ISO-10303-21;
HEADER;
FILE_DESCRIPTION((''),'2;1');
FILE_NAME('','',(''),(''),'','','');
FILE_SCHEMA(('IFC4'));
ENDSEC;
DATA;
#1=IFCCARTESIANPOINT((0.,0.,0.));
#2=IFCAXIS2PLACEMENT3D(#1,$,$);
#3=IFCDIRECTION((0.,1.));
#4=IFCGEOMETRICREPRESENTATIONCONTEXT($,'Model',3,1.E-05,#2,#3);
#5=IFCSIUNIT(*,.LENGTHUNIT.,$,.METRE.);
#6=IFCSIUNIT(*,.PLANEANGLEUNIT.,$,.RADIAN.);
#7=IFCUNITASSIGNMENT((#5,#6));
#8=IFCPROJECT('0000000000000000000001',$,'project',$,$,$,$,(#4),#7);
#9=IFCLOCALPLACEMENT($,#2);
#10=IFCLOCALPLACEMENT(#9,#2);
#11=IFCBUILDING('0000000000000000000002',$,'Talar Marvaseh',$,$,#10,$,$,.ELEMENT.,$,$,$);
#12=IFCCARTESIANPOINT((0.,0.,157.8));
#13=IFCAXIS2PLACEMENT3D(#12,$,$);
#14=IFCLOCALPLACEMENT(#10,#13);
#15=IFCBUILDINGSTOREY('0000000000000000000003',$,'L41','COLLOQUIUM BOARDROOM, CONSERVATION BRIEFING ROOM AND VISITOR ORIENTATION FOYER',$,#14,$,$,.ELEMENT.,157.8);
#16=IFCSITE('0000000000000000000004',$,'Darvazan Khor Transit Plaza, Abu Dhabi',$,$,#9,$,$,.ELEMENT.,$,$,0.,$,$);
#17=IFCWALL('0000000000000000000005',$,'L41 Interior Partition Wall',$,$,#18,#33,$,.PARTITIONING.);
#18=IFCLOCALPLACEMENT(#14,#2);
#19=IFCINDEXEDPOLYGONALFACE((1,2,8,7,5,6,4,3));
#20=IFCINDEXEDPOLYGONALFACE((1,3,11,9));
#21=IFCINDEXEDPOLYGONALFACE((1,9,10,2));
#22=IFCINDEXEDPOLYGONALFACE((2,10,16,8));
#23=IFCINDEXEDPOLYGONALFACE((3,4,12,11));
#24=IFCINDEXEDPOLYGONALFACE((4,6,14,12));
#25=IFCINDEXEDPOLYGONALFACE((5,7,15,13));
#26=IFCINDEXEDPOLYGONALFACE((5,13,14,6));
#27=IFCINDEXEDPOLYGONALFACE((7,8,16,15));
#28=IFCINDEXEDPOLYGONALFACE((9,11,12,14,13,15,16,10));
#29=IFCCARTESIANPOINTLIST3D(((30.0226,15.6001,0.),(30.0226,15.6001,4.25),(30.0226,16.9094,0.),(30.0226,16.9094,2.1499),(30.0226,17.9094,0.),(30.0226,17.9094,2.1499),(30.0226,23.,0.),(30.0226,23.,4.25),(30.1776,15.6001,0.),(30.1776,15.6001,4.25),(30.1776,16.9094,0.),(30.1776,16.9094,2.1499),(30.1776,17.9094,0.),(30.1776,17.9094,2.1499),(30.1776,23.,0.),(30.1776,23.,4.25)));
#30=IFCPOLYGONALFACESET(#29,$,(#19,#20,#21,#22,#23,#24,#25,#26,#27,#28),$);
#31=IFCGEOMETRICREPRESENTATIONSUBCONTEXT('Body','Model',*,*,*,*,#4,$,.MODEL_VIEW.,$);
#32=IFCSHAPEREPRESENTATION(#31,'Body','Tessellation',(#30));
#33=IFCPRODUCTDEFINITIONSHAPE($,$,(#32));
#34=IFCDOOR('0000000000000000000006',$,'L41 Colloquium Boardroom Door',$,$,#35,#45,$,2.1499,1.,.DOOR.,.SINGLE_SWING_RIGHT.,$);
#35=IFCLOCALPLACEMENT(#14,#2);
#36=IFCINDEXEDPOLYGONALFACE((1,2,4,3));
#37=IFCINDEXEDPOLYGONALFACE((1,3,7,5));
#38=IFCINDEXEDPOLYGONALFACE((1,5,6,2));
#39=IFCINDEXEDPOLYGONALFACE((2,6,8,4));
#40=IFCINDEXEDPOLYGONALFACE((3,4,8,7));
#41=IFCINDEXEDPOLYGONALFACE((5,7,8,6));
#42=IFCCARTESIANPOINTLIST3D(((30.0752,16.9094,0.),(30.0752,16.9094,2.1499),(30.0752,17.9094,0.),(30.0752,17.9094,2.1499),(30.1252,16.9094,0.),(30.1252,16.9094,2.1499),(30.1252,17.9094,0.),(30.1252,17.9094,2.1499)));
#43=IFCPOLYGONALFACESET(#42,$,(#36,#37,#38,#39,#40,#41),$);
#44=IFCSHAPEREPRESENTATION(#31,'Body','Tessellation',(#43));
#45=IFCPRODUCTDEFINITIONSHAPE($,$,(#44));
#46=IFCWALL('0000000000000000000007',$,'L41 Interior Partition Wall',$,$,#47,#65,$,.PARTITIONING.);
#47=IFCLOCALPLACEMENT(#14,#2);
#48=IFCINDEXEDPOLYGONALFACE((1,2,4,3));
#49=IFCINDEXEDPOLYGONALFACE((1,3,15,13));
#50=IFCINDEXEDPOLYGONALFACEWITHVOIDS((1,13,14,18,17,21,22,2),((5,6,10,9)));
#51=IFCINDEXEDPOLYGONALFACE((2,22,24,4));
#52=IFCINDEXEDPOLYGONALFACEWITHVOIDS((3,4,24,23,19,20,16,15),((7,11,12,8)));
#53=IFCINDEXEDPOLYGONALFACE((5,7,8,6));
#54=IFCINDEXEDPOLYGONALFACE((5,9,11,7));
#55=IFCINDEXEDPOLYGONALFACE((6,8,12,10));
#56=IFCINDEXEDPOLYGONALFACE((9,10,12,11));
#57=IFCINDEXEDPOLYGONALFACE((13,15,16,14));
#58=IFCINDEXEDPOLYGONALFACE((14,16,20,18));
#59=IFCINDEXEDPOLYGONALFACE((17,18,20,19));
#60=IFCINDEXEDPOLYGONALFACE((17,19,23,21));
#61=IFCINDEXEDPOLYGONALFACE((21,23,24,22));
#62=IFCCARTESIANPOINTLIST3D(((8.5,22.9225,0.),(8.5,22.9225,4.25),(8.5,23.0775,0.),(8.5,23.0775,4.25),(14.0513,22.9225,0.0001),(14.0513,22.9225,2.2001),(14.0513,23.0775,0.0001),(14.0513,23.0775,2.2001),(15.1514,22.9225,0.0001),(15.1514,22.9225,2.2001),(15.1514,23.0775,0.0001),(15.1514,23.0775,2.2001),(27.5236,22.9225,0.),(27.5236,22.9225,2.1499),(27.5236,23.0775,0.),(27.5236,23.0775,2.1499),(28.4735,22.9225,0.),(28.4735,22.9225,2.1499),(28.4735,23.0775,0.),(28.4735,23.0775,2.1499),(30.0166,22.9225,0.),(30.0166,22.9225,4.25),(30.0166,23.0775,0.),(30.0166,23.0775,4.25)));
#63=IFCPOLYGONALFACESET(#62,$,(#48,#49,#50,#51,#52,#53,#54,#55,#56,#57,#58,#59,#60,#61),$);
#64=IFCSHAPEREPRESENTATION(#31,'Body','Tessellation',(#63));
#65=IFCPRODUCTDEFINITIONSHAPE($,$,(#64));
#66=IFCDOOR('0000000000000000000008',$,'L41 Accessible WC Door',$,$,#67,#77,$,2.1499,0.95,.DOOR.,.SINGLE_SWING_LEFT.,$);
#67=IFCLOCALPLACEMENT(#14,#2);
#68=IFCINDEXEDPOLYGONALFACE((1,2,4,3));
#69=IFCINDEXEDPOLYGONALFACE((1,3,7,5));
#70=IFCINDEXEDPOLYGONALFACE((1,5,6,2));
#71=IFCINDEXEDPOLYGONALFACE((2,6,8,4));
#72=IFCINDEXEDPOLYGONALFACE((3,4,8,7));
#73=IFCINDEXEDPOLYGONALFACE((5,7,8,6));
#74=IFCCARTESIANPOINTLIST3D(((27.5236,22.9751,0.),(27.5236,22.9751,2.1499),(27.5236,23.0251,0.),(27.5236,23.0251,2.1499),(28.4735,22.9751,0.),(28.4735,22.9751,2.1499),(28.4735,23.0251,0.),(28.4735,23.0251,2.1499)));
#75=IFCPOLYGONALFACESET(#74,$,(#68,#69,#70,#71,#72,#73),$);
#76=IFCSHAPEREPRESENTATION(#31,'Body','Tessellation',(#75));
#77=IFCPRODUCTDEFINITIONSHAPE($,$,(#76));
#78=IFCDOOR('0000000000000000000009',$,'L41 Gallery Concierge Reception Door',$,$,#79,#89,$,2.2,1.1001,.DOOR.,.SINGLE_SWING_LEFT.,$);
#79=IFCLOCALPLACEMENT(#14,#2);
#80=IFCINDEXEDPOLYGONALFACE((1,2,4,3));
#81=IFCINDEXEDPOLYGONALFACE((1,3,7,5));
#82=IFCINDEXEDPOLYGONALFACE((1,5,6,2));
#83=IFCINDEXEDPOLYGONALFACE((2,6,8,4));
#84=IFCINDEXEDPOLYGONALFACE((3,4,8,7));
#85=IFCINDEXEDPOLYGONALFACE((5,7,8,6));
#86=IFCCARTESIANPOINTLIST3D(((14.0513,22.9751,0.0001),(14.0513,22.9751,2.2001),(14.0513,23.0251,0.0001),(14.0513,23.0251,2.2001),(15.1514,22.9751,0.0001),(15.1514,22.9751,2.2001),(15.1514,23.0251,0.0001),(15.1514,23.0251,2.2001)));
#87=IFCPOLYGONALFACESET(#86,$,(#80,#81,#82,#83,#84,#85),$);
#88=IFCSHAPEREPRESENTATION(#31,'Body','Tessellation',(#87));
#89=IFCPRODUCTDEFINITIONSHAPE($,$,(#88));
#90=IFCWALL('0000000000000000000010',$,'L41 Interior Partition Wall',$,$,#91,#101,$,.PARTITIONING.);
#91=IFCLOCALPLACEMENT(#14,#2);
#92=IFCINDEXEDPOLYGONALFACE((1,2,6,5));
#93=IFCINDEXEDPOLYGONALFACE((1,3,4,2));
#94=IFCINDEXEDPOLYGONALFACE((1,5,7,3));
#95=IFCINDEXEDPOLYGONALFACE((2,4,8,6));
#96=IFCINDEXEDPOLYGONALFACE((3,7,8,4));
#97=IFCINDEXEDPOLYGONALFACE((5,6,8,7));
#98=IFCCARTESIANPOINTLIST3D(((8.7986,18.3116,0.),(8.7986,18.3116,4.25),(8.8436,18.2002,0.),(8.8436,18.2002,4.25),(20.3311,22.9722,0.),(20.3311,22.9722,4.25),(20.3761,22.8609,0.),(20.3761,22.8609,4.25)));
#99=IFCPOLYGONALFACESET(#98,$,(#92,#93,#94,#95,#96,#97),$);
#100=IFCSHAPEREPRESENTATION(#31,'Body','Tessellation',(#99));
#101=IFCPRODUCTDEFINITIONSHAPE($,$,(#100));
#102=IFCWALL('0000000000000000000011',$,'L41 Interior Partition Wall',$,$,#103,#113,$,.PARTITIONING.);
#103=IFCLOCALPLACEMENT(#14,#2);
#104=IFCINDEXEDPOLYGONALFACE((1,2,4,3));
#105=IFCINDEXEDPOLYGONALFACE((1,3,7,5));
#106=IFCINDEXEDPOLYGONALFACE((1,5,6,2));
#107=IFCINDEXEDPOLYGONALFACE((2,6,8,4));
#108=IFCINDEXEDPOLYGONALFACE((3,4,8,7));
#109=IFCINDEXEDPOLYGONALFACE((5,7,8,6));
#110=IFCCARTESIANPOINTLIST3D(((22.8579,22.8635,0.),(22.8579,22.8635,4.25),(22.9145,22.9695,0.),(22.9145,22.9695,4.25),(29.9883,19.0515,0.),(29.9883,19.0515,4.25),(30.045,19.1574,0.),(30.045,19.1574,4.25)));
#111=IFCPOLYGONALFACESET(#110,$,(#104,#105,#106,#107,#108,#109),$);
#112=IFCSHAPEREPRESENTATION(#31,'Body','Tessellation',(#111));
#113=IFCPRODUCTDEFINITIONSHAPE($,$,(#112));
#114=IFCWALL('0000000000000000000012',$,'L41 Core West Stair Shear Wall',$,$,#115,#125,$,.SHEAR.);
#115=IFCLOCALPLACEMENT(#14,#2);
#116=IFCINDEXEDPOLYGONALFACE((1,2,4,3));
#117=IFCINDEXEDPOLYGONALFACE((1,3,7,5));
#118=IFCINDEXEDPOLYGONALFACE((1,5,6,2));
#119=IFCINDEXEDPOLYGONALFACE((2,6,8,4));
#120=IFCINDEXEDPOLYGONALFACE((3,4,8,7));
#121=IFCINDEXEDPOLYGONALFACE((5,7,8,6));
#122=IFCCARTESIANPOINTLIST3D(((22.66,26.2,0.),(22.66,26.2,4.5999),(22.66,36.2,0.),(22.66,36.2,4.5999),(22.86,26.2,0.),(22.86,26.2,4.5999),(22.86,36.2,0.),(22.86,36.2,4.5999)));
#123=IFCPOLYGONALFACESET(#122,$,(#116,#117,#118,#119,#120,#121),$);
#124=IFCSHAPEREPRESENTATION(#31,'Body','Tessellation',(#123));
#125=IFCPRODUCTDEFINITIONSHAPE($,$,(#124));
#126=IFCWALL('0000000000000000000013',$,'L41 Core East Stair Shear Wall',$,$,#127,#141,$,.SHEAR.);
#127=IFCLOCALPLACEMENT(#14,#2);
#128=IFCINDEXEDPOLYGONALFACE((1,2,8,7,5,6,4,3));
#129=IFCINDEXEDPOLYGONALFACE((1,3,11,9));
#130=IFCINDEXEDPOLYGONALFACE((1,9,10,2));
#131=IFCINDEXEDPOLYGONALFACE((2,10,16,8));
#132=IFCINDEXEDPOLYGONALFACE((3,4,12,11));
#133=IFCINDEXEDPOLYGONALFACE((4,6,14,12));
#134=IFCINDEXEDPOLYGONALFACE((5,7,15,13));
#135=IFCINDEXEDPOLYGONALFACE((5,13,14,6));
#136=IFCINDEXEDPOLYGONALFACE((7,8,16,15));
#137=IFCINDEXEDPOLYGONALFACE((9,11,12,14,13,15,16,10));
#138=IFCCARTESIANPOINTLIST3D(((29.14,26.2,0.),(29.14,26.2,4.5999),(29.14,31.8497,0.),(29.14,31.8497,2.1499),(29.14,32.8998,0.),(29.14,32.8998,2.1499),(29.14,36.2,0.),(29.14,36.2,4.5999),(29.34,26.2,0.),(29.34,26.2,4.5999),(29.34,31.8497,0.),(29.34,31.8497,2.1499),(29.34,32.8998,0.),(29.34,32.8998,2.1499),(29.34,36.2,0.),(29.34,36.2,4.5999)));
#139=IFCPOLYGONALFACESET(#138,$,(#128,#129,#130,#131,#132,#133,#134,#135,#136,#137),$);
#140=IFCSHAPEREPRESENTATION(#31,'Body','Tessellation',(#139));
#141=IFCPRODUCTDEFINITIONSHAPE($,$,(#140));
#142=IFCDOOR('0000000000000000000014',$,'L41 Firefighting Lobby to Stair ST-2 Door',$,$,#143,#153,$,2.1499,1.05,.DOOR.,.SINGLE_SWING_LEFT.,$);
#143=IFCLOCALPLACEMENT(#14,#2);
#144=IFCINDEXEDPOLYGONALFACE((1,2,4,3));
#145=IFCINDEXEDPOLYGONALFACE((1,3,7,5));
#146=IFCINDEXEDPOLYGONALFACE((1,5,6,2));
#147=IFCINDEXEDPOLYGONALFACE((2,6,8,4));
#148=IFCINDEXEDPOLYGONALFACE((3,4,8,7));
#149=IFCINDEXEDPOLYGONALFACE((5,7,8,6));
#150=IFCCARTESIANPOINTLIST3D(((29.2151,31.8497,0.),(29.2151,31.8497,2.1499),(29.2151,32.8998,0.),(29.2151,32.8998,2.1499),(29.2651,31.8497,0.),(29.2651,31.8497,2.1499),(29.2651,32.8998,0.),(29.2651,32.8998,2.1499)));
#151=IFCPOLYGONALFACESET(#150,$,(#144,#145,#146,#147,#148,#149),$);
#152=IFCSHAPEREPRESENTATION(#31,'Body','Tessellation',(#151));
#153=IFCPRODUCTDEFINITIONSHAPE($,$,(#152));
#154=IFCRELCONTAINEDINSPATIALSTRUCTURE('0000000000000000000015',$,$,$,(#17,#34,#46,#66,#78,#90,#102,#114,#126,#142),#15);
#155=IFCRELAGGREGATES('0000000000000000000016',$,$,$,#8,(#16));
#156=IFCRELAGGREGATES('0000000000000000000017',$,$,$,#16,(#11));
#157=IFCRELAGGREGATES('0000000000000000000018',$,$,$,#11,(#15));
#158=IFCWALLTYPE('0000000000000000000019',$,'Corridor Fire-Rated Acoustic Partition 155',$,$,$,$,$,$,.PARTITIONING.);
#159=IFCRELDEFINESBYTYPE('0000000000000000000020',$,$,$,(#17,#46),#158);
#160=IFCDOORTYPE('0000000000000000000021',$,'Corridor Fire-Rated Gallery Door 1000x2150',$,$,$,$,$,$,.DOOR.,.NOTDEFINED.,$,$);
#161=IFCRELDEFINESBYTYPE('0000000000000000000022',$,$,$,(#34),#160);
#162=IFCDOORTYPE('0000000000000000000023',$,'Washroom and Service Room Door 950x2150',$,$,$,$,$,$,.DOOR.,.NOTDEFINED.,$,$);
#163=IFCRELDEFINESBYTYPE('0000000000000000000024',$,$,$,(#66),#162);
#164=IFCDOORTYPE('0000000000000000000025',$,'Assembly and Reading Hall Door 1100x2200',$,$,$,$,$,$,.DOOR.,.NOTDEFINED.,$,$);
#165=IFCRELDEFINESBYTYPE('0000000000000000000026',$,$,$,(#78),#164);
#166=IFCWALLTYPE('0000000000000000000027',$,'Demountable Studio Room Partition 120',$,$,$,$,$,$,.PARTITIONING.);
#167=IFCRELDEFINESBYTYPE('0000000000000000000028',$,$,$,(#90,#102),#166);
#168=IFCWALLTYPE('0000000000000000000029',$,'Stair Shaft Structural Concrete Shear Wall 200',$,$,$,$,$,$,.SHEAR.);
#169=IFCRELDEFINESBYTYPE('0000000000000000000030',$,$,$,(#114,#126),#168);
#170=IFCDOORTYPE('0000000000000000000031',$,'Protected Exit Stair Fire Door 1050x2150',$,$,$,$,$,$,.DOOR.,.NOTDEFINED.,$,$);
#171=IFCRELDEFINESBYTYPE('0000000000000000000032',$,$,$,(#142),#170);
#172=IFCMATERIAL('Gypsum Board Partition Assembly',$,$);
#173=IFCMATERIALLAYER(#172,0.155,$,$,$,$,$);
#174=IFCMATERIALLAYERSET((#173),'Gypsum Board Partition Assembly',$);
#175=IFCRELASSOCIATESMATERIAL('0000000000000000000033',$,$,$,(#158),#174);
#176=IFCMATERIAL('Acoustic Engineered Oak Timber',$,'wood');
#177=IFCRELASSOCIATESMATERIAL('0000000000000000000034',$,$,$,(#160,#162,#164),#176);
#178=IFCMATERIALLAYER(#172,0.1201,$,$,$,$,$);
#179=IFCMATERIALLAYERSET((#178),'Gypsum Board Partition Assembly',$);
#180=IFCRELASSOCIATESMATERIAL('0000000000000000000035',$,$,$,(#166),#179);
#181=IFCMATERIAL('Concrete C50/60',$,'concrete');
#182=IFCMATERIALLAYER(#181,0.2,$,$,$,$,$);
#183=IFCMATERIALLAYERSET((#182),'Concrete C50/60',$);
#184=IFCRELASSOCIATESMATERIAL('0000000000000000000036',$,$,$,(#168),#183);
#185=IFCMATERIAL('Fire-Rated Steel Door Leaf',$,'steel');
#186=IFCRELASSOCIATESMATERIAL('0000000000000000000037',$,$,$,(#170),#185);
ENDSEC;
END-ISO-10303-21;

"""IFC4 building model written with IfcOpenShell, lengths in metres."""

from ifc_helpers import new_model, si_unit, direction, frame, frame_2d, origin, place, context, subcontext, project, spatial, rectangle, extrude, source, transform, mapped, material, layer, layer_set, type_object, type_shapes, element, fill, save


model = new_model("IFC4")

# Units and contexts
model_context = context("Model", 3, precision=1e-05, world=origin(), true_north=direction((0.0, 1.0)))
body_context = subcontext(model_context, "Body", "Model", "MODEL_VIEW")
ifc_project = project(units=[si_unit("LENGTHUNIT", "METRE"), si_unit("PLANEANGLEUNIT", "RADIAN")], contexts=[model_context])

# Site, building, storey
site_placement = place(None, origin())
site = spatial("IfcSite", under=ifc_project, at=site_placement, Name="Darvazan Khor Transit Plaza, Abu Dhabi", CompositionType="ELEMENT", RefElevation=0.0)
building_placement = place(site_placement, origin())
building = spatial("IfcBuilding", under=site, at=building_placement, Name="Talar Marvaseh", CompositionType="ELEMENT")
storey_placement = place(building_placement, frame((0.0, 0.0, 157.8)))
storey = spatial("IfcBuildingStorey", under=building, at=storey_placement, Name="L41", Description="COLLOQUIUM BOARDROOM, CONSERVATION BRIEFING ROOM AND VISITOR ORIENTATION FOYER", CompositionType="ELEMENT", Elevation=157.8)

# Wall, opening, door
ifc_material_1 = material(Name="Gypsum Board Partition Assembly")
ifc_layer_1 = layer(ifc_material_1, 0.155)
ifc_layer_set_1 = layer_set([ifc_layer_1], Name="Gypsum Board Partition Assembly")
wall_type_1 = type_object("IfcWallType", Name="Corridor Fire-Rated Acoustic Partition 155", PredefinedType="PARTITIONING", material=ifc_layer_set_1)
wall_1_placement = place(storey_placement, frame((30.1001, 15.6001, 0.0), z_axis=(0.0, 0.0, 1.0), x_axis=(0.0, 1.0, 0.0)))
wall_1 = element("IfcWall", 1, at=wall_1_placement, inside=storey, type_object=wall_type_1, Name="L41 Interior Partition Wall", PredefinedType="PARTITIONING", context=body_context, shape_type="SweptSolid", body=[
    extrude(rectangle(XDim=7.3999, YDim=0.155, at=frame_2d((3.7, 0.0))), origin(), (0.0, 0.0, 1.0), 4.25),
])
opening_1_placement = place(wall_1_placement, frame((1.3093, 0.0, 0.0)))
opening_1 = element("IfcOpeningElement", 2, at=opening_1_placement, cuts=wall_1, PredefinedType="OPENING", context=body_context, shape_type="SweptSolid", body=[
    extrude(rectangle(XDim=1.0, YDim=2.1499, at=frame_2d((0.5, 1.075))), frame((0.0, 0.0874, 0.0), z_axis=(0.0, -1.0, 0.0), x_axis=(1.0, 0.0, 0.0)), (0.0, 0.0, 1.0), 0.175),
])
ifc_material_2 = material(Name="Acoustic Engineered Oak Timber", Category="wood")
door_type_1 = type_object("IfcDoorType", Name="Corridor Fire-Rated Gallery Door 1000x2150", OperationType="NOTDEFINED", PredefinedType="DOOR", material=ifc_material_2)
shared_shape_1 = source(origin(), body_context, "Body", "SweptSolid", [
    extrude(rectangle(XDim=1.0, YDim=2.1499, at=frame_2d((0.5, 1.075))), frame((0.0, 0.0249, 0.0), z_axis=(0.0, -1.0, 0.0), x_axis=(1.0, 0.0, 0.0)), (0.0, 0.0, 1.0), 0.05),
])
type_shapes(door_type_1, [shared_shape_1])
door_1_placement = place(opening_1_placement, origin())
door_1 = element("IfcDoor", 3, at=door_1_placement, inside=storey, type_object=door_type_1, Name="L41 Colloquium Boardroom Door", OperationType="SINGLE_SWING_RIGHT", OverallHeight=2.1499, OverallWidth=1.0, PredefinedType="DOOR", context=body_context, shape_type="MappedRepresentation", body=[
    mapped(shared_shape_1, transform((0.0, 0.0, 0.0), x_axis=(1.0, 0.0, 0.0), y_axis=(0.0, 1.0, 0.0), z_axis=(0.0, 0.0, 1.0), scale=1.0)),
])
fill(opening_1, door_1)

# Wall, openings, doors
wall_2_placement = place(storey_placement, frame((30.0166, 23.0, 0.0), z_axis=(0.0, 0.0, 1.0), x_axis=(-1.0, 0.0, 0.0)))
wall_2 = element("IfcWall", 4, at=wall_2_placement, inside=storey, type_object=wall_type_1, Name="L41 Interior Partition Wall", PredefinedType="PARTITIONING", context=body_context, shape_type="SweptSolid", body=[
    extrude(rectangle(XDim=21.5166, YDim=0.155, at=frame_2d((10.7583, 0.0))), origin(), (0.0, 0.0, 1.0), 4.25),
])
opening_2_placement = place(wall_2_placement, frame((14.8652, 0.0, 0.0)))
opening_2 = element("IfcOpeningElement", 5, at=opening_2_placement, cuts=wall_2, PredefinedType="OPENING", context=body_context, shape_type="SweptSolid", body=[
    extrude(rectangle(XDim=1.1001, YDim=2.2, at=frame_2d((0.55, 1.1001))), frame((0.0, 0.0874, 0.0), z_axis=(0.0, -1.0, 0.0), x_axis=(1.0, 0.0, 0.0)), (0.0, 0.0, 1.0), 0.175),
])
opening_3_placement = place(wall_2_placement, frame((1.543, 0.0, 0.0)))
opening_3 = element("IfcOpeningElement", 6, at=opening_3_placement, cuts=wall_2, PredefinedType="OPENING", context=body_context, shape_type="SweptSolid", body=[
    extrude(rectangle(XDim=0.95, YDim=2.1499, at=frame_2d((0.4751, 1.075))), frame((0.0, 0.0874, 0.0), z_axis=(0.0, -1.0, 0.0), x_axis=(1.0, 0.0, 0.0)), (0.0, 0.0, 1.0), 0.175),
])
door_type_2 = type_object("IfcDoorType", Name="Washroom and Service Room Door 950x2150", OperationType="NOTDEFINED", PredefinedType="DOOR", material=ifc_material_2)
shared_shape_2 = source(origin(), body_context, "Body", "SweptSolid", [
    extrude(rectangle(XDim=0.95, YDim=2.1499, at=frame_2d((0.4751, 1.075))), frame((0.0, 0.0249, 0.0), z_axis=(0.0, -1.0, 0.0), x_axis=(1.0, 0.0, 0.0)), (0.0, 0.0, 1.0), 0.05),
])
type_shapes(door_type_2, [shared_shape_2])
door_2_placement = place(opening_3_placement, origin())
door_2 = element("IfcDoor", 7, at=door_2_placement, inside=storey, type_object=door_type_2, Name="L41 Accessible WC Door", OperationType="SINGLE_SWING_LEFT", OverallHeight=2.1499, OverallWidth=0.95, PredefinedType="DOOR", context=body_context, shape_type="MappedRepresentation", body=[
    mapped(shared_shape_2, transform((0.0, 0.0, 0.0), x_axis=(1.0, 0.0, 0.0), y_axis=(0.0, 1.0, 0.0), z_axis=(0.0, 0.0, 1.0), scale=1.0)),
])
fill(opening_3, door_2)
door_type_3 = type_object("IfcDoorType", Name="Assembly and Reading Hall Door 1100x2200", OperationType="NOTDEFINED", PredefinedType="DOOR", material=ifc_material_2)
shared_shape_3 = source(origin(), body_context, "Body", "SweptSolid", [
    extrude(rectangle(XDim=1.1001, YDim=2.2, at=frame_2d((0.55, 1.1001))), frame((0.0, 0.0249, 0.0), z_axis=(0.0, -1.0, 0.0), x_axis=(1.0, 0.0, 0.0)), (0.0, 0.0, 1.0), 0.05),
])
type_shapes(door_type_3, [shared_shape_3])
door_3_placement = place(opening_2_placement, origin())
door_3 = element("IfcDoor", 8, at=door_3_placement, inside=storey, type_object=door_type_3, Name="L41 Gallery Concierge Reception Door", OperationType="SINGLE_SWING_LEFT", OverallHeight=2.2, OverallWidth=1.1001, PredefinedType="DOOR", context=body_context, shape_type="MappedRepresentation", body=[
    mapped(shared_shape_3, transform((0.0, 0.0, 0.0), x_axis=(1.0, 0.0, 0.0), y_axis=(0.0, 1.0, 0.0), z_axis=(0.0, 0.0, 1.0), scale=1.0)),
])
fill(opening_2, door_3)

# Walls
ifc_layer_2 = layer(ifc_material_1, 0.1201)
ifc_layer_set_2 = layer_set([ifc_layer_2], Name="Gypsum Board Partition Assembly")
wall_type_2 = type_object("IfcWallType", Name="Demountable Studio Room Partition 120", PredefinedType="PARTITIONING", material=ifc_layer_set_2)
wall_3_placement = place(storey_placement, frame((20.3535, 22.9165, 0.0), z_axis=(0.0, 0.0, 1.0), x_axis=(-0.92715, -0.374691, 0.0)))
element("IfcWall", 9, at=wall_3_placement, inside=storey, type_object=wall_type_2, Name="L41 Interior Partition Wall", PredefinedType="PARTITIONING", context=body_context, shape_type="SweptSolid", body=[
    extrude(rectangle(XDim=12.4387, YDim=0.1201, at=frame_2d((6.2192, 0.0))), origin(), (0.0, 0.0, 1.0), 4.25),
])
wall_4_placement = place(storey_placement, frame((22.8862, 22.9165, 0.0), z_axis=(0.0, 0.0, 1.0), x_axis=(0.881883, -0.471469, 0.0)))
element("IfcWall", 10, at=wall_4_placement, inside=storey, type_object=wall_type_2, Name="L41 Interior Partition Wall", PredefinedType="PARTITIONING", context=body_context, shape_type="SweptSolid", body=[
    extrude(rectangle(XDim=8.0854, YDim=0.1201, at=frame_2d((4.0427, 0.0))), origin(), (0.0, 0.0, 1.0), 4.25),
])
ifc_material_3 = material(Name="Concrete C50/60", Category="concrete")
ifc_layer_3 = layer(ifc_material_3, 0.2)
ifc_layer_set_3 = layer_set([ifc_layer_3], Name="Concrete C50/60")
wall_type_3 = type_object("IfcWallType", Name="Stair Shaft Structural Concrete Shear Wall 200", PredefinedType="SHEAR", material=ifc_layer_set_3)
wall_5_placement = place(storey_placement, frame((22.76, 26.2, 0.0), z_axis=(0.0, 0.0, 1.0), x_axis=(0.0, 1.0, 0.0)))
element("IfcWall", 11, at=wall_5_placement, inside=storey, type_object=wall_type_3, Name="L41 Core West Stair Shear Wall", PredefinedType="SHEAR", context=body_context, shape_type="SweptSolid", body=[
    extrude(rectangle(XDim=10.0, YDim=0.2, at=frame_2d((5.0, 0.0))), origin(), (0.0, 0.0, 1.0), 4.5999),
])

# Wall, opening, door
wall_6_placement = place(storey_placement, frame((29.24, 26.2, 0.0), z_axis=(0.0, 0.0, 1.0), x_axis=(0.0, 1.0, 0.0)))
wall_6 = element("IfcWall", 12, at=wall_6_placement, inside=storey, type_object=wall_type_3, Name="L41 Core East Stair Shear Wall", PredefinedType="SHEAR", context=body_context, shape_type="SweptSolid", body=[
    extrude(rectangle(XDim=10.0, YDim=0.2, at=frame_2d((5.0, 0.0))), origin(), (0.0, 0.0, 1.0), 4.5999),
])
opening_4_placement = place(wall_6_placement, frame((5.6499, 0.0, 0.0)))
opening_4 = element("IfcOpeningElement", 13, at=opening_4_placement, cuts=wall_6, PredefinedType="OPENING", context=body_context, shape_type="SweptSolid", body=[
    extrude(rectangle(XDim=1.05, YDim=2.1499, at=frame_2d((0.5249, 1.075))), frame((0.0, 0.1099, 0.0), z_axis=(0.0, -1.0, 0.0), x_axis=(1.0, 0.0, 0.0)), (0.0, 0.0, 1.0), 0.22),
])
ifc_material_4 = material(Name="Fire-Rated Steel Door Leaf", Category="steel")
door_type_4 = type_object("IfcDoorType", Name="Protected Exit Stair Fire Door 1050x2150", OperationType="NOTDEFINED", PredefinedType="DOOR", material=ifc_material_4)
shared_shape_4 = source(origin(), body_context, "Body", "SweptSolid", [
    extrude(rectangle(XDim=1.05, YDim=2.1499, at=frame_2d((0.5249, 1.075))), frame((0.0, 0.0249, 0.0), z_axis=(0.0, -1.0, 0.0), x_axis=(1.0, 0.0, 0.0)), (0.0, 0.0, 1.0), 0.05),
])
type_shapes(door_type_4, [shared_shape_4])
door_4_placement = place(opening_4_placement, origin())
door_4 = element("IfcDoor", 14, at=door_4_placement, inside=storey, type_object=door_type_4, Name="L41 Firefighting Lobby to Stair ST-2 Door", OperationType="SINGLE_SWING_LEFT", OverallHeight=2.1499, OverallWidth=1.05, PredefinedType="DOOR", context=body_context, shape_type="MappedRepresentation", body=[
    mapped(shared_shape_4, transform((0.0, 0.0, 0.0), x_axis=(1.0, 0.0, 0.0), y_axis=(0.0, 1.0, 0.0), z_axis=(0.0, 0.0, 1.0), scale=1.0)),
])
fill(opening_4, door_4)

save(model, "model.ifc")
